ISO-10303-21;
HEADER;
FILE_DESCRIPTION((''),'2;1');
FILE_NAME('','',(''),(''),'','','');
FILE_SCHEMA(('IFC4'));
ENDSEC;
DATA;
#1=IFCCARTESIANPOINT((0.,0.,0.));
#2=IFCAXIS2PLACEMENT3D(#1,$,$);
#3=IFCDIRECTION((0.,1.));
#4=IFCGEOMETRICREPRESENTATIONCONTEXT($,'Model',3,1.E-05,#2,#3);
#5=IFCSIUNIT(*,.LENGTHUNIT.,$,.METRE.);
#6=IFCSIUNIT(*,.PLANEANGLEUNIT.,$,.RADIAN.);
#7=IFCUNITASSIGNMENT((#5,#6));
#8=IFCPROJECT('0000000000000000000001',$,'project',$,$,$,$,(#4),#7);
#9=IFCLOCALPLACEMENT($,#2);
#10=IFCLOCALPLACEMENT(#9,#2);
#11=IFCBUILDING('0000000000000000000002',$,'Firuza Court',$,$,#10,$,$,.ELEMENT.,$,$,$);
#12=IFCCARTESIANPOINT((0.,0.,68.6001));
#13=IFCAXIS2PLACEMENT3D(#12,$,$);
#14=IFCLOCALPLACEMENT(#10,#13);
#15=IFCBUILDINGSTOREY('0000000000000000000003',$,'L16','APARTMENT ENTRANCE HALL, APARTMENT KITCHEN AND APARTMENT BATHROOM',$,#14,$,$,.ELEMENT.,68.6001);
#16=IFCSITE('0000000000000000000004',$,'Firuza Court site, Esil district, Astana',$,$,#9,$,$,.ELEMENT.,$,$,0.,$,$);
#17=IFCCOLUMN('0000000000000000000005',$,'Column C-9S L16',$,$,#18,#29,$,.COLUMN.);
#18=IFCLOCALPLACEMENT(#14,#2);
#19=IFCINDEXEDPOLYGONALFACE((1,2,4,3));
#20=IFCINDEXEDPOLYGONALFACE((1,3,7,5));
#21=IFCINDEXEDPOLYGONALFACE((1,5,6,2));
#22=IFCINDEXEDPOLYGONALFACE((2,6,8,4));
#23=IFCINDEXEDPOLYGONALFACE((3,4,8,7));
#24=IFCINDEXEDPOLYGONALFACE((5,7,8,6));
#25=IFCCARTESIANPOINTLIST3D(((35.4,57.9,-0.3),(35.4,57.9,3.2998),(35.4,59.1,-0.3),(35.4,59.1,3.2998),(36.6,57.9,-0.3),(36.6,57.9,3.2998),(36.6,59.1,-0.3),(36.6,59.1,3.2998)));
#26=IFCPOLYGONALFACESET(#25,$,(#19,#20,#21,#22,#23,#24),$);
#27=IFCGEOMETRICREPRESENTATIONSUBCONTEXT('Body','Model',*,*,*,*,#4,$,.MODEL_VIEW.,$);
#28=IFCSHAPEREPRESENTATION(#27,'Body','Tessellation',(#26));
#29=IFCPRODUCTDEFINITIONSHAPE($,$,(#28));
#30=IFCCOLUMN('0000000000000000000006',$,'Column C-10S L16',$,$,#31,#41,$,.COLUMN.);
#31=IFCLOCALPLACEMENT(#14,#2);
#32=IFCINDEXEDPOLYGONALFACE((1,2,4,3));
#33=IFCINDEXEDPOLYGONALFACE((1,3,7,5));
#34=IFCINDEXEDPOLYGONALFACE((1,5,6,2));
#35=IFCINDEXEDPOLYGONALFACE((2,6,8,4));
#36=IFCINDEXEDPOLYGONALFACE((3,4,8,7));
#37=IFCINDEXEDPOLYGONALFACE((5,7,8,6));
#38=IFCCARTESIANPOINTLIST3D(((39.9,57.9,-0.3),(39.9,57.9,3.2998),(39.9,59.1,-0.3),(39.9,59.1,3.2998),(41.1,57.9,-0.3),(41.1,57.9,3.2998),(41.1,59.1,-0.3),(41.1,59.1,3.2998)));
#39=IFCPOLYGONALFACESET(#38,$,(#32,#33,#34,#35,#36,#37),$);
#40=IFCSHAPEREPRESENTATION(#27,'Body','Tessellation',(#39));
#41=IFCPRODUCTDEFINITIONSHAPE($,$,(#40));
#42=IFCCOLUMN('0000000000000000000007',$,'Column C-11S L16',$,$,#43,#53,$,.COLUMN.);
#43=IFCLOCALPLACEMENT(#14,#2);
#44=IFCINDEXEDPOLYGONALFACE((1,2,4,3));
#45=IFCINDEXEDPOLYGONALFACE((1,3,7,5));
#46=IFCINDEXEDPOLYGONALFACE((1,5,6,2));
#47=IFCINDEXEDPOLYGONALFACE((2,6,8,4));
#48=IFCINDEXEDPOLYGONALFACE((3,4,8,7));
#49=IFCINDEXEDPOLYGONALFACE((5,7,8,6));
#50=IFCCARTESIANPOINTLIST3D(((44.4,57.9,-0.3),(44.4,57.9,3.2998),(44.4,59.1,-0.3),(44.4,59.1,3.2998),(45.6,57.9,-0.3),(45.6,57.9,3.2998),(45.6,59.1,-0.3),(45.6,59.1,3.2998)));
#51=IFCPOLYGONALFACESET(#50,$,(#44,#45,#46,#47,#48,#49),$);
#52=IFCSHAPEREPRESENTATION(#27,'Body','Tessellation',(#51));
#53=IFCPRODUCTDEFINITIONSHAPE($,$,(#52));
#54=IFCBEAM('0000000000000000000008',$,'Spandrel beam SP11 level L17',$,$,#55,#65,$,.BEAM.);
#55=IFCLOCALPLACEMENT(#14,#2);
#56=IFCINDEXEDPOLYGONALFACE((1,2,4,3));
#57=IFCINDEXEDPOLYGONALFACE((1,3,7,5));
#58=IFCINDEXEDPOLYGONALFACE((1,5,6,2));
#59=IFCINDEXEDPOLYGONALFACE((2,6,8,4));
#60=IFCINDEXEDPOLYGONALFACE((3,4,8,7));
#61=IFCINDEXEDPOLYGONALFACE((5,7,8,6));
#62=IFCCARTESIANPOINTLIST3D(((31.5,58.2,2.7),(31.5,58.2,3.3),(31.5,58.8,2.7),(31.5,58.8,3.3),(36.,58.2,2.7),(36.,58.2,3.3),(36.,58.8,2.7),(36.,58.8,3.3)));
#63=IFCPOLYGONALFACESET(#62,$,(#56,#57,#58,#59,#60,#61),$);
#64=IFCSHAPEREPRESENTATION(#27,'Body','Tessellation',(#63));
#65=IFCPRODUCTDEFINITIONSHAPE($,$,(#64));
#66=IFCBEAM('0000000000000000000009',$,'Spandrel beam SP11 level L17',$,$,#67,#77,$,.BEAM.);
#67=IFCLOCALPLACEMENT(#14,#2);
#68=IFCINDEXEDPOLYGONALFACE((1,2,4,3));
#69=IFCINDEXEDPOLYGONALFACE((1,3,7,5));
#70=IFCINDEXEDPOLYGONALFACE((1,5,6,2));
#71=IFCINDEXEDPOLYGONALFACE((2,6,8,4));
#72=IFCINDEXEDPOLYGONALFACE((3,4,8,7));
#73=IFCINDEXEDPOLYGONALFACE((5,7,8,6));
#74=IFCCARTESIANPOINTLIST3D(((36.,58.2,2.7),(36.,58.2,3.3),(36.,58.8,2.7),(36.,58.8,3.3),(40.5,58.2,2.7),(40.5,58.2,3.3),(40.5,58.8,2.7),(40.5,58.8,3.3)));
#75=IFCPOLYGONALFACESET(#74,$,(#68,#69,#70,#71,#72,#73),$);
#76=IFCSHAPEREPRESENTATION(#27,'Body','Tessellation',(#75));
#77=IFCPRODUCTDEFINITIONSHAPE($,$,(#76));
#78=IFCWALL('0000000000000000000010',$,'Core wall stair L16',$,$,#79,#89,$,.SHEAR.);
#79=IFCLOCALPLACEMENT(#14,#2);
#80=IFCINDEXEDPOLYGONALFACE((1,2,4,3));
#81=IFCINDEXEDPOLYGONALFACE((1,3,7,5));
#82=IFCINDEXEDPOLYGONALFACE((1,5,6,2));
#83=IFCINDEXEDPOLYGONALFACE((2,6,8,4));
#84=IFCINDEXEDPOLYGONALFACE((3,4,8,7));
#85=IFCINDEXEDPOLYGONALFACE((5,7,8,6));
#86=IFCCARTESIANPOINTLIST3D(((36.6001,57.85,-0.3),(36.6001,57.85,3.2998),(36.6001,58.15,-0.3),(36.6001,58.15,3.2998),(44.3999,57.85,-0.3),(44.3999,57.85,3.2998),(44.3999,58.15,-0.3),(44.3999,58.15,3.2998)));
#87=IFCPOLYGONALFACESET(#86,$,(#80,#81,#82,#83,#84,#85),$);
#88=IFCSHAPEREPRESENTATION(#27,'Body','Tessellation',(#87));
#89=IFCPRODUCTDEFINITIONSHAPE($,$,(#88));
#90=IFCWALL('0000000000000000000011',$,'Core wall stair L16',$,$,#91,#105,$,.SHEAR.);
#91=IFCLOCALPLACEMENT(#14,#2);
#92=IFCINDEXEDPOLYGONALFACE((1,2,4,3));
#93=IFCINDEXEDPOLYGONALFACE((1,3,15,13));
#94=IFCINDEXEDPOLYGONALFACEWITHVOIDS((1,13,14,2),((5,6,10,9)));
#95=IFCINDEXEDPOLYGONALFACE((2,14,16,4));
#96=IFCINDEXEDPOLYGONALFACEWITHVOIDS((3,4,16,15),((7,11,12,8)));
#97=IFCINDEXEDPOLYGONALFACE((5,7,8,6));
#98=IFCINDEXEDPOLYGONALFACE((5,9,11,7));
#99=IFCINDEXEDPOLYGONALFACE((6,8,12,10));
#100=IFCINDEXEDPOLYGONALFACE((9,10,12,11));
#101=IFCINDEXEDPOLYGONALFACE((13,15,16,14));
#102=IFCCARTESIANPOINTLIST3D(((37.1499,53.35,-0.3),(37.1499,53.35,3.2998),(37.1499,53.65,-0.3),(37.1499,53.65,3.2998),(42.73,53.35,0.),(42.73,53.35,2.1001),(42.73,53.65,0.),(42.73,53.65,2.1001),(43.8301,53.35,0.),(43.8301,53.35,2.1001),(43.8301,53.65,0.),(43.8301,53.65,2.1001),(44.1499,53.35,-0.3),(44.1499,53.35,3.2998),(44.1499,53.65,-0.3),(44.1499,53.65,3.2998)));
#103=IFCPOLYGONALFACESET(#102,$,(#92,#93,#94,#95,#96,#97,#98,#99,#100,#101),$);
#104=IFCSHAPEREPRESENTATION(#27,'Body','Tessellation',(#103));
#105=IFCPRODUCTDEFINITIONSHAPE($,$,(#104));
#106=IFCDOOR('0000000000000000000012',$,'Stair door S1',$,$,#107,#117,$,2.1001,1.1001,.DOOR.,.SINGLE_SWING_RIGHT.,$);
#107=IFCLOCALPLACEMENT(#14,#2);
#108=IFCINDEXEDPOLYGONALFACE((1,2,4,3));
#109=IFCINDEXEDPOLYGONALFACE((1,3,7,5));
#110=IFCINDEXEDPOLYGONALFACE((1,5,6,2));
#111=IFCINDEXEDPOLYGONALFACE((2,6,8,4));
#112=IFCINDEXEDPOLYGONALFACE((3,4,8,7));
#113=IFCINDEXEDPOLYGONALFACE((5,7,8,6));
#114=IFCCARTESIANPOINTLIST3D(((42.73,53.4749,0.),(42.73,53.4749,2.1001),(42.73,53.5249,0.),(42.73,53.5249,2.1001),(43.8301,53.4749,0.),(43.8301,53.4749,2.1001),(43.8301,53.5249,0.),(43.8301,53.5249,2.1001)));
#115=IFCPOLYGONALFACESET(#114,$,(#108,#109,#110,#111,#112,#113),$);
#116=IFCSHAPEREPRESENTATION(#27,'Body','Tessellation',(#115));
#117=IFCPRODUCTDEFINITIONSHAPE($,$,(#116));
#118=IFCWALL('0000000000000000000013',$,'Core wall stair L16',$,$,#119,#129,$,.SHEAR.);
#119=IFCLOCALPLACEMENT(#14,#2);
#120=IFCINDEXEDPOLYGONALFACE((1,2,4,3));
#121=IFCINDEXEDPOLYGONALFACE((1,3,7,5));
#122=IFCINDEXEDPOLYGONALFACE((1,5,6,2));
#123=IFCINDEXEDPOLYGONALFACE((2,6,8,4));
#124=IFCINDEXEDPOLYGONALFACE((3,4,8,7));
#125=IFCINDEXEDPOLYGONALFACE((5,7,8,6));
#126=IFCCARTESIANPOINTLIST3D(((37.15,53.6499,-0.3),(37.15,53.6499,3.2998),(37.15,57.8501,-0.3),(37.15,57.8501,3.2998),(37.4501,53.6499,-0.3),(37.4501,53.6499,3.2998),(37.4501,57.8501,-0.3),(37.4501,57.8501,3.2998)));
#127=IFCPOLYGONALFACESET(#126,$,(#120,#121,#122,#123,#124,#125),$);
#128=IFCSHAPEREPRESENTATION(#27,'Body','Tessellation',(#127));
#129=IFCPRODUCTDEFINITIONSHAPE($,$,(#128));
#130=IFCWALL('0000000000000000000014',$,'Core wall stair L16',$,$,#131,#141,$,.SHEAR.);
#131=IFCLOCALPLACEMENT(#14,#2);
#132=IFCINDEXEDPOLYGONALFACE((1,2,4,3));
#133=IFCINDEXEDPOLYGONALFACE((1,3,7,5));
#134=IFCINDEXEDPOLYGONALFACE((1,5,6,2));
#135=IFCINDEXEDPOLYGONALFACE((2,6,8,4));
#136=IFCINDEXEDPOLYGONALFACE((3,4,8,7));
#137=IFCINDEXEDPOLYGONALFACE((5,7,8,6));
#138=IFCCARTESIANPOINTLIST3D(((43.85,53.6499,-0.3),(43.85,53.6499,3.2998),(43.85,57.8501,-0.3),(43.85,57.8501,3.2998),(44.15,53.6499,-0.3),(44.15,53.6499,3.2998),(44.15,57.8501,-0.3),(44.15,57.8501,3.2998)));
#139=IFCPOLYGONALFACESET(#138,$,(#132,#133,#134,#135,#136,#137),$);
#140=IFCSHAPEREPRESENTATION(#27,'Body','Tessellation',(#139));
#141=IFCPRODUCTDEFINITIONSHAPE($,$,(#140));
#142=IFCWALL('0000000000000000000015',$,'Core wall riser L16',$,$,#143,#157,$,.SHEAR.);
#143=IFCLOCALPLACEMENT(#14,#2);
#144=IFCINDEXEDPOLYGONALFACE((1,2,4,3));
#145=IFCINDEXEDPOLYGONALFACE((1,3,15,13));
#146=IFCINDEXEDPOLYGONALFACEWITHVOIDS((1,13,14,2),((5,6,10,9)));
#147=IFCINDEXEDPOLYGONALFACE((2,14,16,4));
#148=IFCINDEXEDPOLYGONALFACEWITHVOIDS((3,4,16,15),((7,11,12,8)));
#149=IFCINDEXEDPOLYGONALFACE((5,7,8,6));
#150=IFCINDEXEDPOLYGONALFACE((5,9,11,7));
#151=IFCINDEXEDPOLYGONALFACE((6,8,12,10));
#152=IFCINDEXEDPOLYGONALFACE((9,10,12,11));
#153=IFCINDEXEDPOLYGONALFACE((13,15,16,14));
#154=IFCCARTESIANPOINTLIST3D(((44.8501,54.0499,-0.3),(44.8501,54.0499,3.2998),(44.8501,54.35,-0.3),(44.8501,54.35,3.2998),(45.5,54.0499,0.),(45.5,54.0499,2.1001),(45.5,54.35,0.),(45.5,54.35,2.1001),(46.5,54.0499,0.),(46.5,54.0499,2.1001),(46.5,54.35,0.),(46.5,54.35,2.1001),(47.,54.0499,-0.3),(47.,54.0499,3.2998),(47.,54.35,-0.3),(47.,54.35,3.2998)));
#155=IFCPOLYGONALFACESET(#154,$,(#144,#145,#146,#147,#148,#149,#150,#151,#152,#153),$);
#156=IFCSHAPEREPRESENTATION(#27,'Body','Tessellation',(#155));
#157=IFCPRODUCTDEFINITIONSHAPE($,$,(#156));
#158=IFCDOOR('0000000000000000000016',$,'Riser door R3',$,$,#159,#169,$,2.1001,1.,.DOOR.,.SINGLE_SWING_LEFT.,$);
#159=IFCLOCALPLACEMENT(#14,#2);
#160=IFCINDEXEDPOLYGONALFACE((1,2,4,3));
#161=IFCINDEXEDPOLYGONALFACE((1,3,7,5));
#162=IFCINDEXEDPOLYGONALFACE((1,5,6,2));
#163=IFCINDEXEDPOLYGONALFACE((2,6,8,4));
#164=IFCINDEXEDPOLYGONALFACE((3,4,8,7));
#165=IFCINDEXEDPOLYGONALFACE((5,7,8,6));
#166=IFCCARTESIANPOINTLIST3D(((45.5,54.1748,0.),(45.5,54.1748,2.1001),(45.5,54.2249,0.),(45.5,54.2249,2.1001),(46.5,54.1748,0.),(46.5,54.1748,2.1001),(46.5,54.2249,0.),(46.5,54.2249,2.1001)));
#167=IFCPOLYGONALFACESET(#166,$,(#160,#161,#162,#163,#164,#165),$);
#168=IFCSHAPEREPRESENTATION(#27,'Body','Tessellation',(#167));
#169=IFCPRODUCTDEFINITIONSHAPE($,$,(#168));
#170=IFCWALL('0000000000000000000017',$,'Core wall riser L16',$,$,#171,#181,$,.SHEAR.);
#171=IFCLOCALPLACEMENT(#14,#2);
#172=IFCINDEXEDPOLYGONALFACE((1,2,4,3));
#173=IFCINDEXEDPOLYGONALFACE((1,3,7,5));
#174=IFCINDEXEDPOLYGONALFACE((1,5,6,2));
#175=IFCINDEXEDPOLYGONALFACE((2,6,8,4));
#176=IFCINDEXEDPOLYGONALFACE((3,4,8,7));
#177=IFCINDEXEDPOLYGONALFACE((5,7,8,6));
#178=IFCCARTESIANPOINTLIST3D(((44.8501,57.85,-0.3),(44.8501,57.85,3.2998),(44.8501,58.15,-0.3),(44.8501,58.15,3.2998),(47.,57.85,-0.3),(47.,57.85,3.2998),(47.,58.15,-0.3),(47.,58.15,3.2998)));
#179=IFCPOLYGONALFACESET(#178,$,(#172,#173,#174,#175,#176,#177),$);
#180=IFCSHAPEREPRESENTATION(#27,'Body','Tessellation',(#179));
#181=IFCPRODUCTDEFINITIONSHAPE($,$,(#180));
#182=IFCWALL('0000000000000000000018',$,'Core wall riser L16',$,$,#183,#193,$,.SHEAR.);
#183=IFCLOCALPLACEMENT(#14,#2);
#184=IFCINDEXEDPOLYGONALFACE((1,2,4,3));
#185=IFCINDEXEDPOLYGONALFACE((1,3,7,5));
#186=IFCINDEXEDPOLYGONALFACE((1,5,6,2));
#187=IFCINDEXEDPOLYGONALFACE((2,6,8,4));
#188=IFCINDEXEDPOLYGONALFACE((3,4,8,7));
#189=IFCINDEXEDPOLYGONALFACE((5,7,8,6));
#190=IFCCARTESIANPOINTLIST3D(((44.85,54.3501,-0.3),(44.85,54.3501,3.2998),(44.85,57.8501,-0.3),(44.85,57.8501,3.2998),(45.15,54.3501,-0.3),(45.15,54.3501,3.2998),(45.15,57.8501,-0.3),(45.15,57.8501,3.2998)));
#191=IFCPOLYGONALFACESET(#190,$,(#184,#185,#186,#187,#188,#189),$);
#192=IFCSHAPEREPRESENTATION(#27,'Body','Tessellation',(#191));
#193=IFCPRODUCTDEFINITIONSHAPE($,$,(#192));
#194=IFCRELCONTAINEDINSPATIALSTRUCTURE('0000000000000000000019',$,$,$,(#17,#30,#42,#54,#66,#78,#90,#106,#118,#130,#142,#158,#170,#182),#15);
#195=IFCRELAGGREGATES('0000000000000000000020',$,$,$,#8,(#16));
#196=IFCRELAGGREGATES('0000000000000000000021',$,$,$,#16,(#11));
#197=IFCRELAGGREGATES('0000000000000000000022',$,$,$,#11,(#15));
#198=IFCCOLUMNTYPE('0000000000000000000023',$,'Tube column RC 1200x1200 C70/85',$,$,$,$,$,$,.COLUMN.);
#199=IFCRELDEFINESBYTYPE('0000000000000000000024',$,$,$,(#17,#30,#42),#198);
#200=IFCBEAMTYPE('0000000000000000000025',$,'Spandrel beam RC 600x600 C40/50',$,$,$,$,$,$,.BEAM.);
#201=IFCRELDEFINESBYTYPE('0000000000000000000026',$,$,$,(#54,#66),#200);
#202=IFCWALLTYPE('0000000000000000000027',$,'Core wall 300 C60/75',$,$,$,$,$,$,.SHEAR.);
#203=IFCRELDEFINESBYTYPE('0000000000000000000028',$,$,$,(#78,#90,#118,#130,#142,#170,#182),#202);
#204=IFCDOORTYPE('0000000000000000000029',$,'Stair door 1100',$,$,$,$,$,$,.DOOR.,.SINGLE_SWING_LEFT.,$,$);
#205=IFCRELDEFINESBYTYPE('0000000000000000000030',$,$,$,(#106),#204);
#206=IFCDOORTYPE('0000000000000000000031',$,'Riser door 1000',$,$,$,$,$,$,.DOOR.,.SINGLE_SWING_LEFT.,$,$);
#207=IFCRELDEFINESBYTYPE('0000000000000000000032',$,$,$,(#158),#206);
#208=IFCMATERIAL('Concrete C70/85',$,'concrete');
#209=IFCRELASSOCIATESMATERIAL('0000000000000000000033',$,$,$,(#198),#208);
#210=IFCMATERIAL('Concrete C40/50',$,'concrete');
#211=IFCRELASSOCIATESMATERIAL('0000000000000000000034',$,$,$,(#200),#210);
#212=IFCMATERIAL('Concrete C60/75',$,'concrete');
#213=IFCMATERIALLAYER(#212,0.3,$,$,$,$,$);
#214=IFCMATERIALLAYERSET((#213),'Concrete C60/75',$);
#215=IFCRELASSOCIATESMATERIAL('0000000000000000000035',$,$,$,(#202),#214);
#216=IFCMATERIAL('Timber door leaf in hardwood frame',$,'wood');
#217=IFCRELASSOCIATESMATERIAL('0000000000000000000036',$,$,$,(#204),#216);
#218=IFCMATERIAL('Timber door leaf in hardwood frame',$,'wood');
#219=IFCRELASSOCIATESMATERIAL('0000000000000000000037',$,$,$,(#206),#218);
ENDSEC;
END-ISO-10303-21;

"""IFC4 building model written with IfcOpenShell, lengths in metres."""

from ifc_helpers import new_model, si_unit, direction, frame, frame_2d, origin, origin_2d, place, context, subcontext, project, spatial, rectangle, extrude, material, layer, layer_set, material_profile, profile_set, type_object, element, fill, save


model = new_model("IFC4")

# Units and contexts
model_context = context("Model", 3, precision=1e-05, world=origin(), true_north=direction((0.0, 1.0)))
body_context = subcontext(model_context, "Body", "Model", "MODEL_VIEW")
ifc_project = project(units=[si_unit("LENGTHUNIT", "METRE"), si_unit("PLANEANGLEUNIT", "RADIAN")], contexts=[model_context])

# Site, building, storey
site_placement = place(None, origin())
site = spatial("IfcSite", under=ifc_project, at=site_placement, Name="Firuza Court site, Esil district, Astana", CompositionType="ELEMENT", RefElevation=0.0)
building_placement = place(site_placement, origin())
building = spatial("IfcBuilding", under=site, at=building_placement, Name="Firuza Court", CompositionType="ELEMENT")
storey_placement = place(building_placement, frame((0.0, 0.0, 68.6001)))
storey = spatial("IfcBuildingStorey", under=building, at=storey_placement, Name="L16", Description="APARTMENT ENTRANCE HALL, APARTMENT KITCHEN AND APARTMENT BATHROOM", CompositionType="ELEMENT", Elevation=68.6001)

# Columns
ifc_material_1 = material(Name="Concrete C70/85", Category="concrete")
ifc_material_profile_1 = material_profile(ifc_material_1, rectangle(XDim=1.2, YDim=1.2, at=origin_2d()), Name="RC 1200x1200")
ifc_profile_set_1 = profile_set([ifc_material_profile_1], Name="Concrete C70/85")
column_type = type_object("IfcColumnType", Name="Tube column RC 1200x1200 C70/85", PredefinedType="COLUMN", material=ifc_profile_set_1)
for number, where, z_axis, x_axis, name in (
    (1, (36.0, 58.5, -0.3), (0.0, 0.0, 1.0), (1.0, 0.0, 0.0), "Column C-9S L16"),
    (2, (40.5, 58.5, -0.3), (0.0, 0.0, 1.0), (1.0, 0.0, 0.0), "Column C-10S L16"),
    (3, (45.0, 58.5, -0.3), (0.0, 0.0, 1.0), (1.0, 0.0, 0.0), "Column C-11S L16"),
):
    element("IfcColumn", number, at=place(storey_placement, frame(where, z_axis=z_axis, x_axis=x_axis)), inside=storey, type_object=column_type, Name=name, PredefinedType="COLUMN", context=body_context, shape_type="SweptSolid", body=[
        extrude(rectangle(XDim=1.2, YDim=1.2, at=origin_2d()), origin(), (0.0, 0.0, 1.0), 3.5999),
    ])

# Beams
ifc_material_2 = material(Name="Concrete C40/50", Category="concrete")
ifc_material_profile_2 = material_profile(ifc_material_2, rectangle(XDim=0.6001, YDim=0.6001, at=origin_2d()), Name="RC 600x600")
ifc_profile_set_2 = profile_set([ifc_material_profile_2], Name="Concrete C40/50")
beam_type = type_object("IfcBeamType", Name="Spandrel beam RC 600x600 C40/50", PredefinedType="BEAM", material=ifc_profile_set_2)
for number, where, z_axis, x_axis, name in (
    (4, (36.0, 58.5, 3.0), (-1.0, 0.0, 0.0), (0.0, -1.0, 0.0), "Spandrel beam SP11 level L17"),
    (5, (40.5, 58.5, 3.0), (-1.0, 0.0, 0.0), (0.0, -1.0, 0.0), "Spandrel beam SP11 level L17"),
):
    element("IfcBeam", number, at=place(storey_placement, frame(where, z_axis=z_axis, x_axis=x_axis)), inside=storey, type_object=beam_type, Name=name, PredefinedType="BEAM", context=body_context, shape_type="SweptSolid", body=[
        extrude(rectangle(XDim=0.6001, YDim=0.6001, at=origin_2d()), origin(), (0.0, 0.0, 1.0), 4.5),
    ])

# Wall
ifc_material_3 = material(Name="Concrete C60/75", Category="concrete")
ifc_layer_1 = layer(ifc_material_3, 0.3)
ifc_layer_set_1 = layer_set([ifc_layer_1], Name="Concrete C60/75")
wall_type_1 = type_object("IfcWallType", Name="Core wall 300 C60/75", PredefinedType="SHEAR", material=ifc_layer_set_1)
wall_1_placement = place(storey_placement, frame((36.6001, 58.0, -0.3), z_axis=(0.0, 0.0, 1.0), x_axis=(1.0, 0.0, 0.0)))
element("IfcWall", 6, at=wall_1_placement, inside=storey, type_object=wall_type_1, Name="Core wall stair L16", PredefinedType="SHEAR", context=body_context, shape_type="SweptSolid", body=[
    extrude(rectangle(XDim=7.7998, YDim=0.3, at=frame_2d((3.8999, 0.0))), origin(), (0.0, 0.0, 1.0), 3.5999),
])

# Wall, opening, door
wall_2_placement = place(storey_placement, frame((37.1499, 53.5, -0.3), z_axis=(0.0, 0.0, 1.0), x_axis=(1.0, 0.0, 0.0)))
wall_2 = element("IfcWall", 7, at=wall_2_placement, inside=storey, type_object=wall_type_1, Name="Core wall stair L16", PredefinedType="SHEAR", context=body_context, shape_type="SweptSolid", body=[
    extrude(rectangle(XDim=7.0, YDim=0.3, at=frame_2d((3.5, 0.0))), origin(), (0.0, 0.0, 1.0), 3.5999),
])
opening_1_placement = place(wall_2_placement, frame((5.5801, 0.0, 0.3)))
opening_1 = element("IfcOpeningElement", 8, at=opening_1_placement, cuts=wall_2, PredefinedType="OPENING", context=body_context, shape_type="SweptSolid", body=[
    extrude(rectangle(XDim=1.1001, YDim=2.1001, at=frame_2d((0.55, 1.05))), frame((0.0, 0.1621, 0.0), z_axis=(0.0, -1.0, 0.0), x_axis=(1.0, 0.0, 0.0)), (0.0, 0.0, 1.0), 0.324),
])
ifc_material_4 = material(Name="Timber door leaf in hardwood frame", Category="wood")
door_type_1 = type_object("IfcDoorType", Name="Stair door 1100", OperationType="SINGLE_SWING_LEFT", PredefinedType="DOOR", material=ifc_material_4)
door_1_placement = place(opening_1_placement, origin())
door_1 = element("IfcDoor", 9, at=door_1_placement, inside=storey, type_object=door_type_1, Name="Stair door S1", OperationType="SINGLE_SWING_RIGHT", OverallHeight=2.1001, OverallWidth=1.1001, PredefinedType="DOOR", context=body_context, shape_type="SweptSolid", body=[
    extrude(rectangle(XDim=1.1001, YDim=2.1001, at=frame_2d((0.55, 1.05))), frame((0.0, 0.0249, 0.0), z_axis=(0.0, -1.0, 0.0), x_axis=(1.0, 0.0, 0.0)), (0.0, 0.0, 1.0), 0.05),
])
fill(opening_1, door_1)

# Walls
for number, where, z_axis, x_axis, name in (
    (10, (37.3, 53.6499, -0.3), (0.0, 0.0, 1.0), (0.0, 1.0, 0.0), "Core wall stair L16"),
    (11, (44.0, 53.6499, -0.3), (0.0, 0.0, 1.0), (0.0, 1.0, 0.0), "Core wall stair L16"),
):
    element("IfcWall", number, at=place(storey_placement, frame(where, z_axis=z_axis, x_axis=x_axis)), inside=storey, type_object=wall_type_1, Name=name, PredefinedType="SHEAR", context=body_context, shape_type="SweptSolid", body=[
        extrude(rectangle(XDim=4.2002, YDim=0.3, at=frame_2d((2.1001, 0.0))), origin(), (0.0, 0.0, 1.0), 3.5999),
    ])

# Wall, opening, door
wall_3_placement = place(storey_placement, frame((44.8501, 54.2, -0.3), z_axis=(0.0, 0.0, 1.0), x_axis=(1.0, 0.0, 0.0)))
wall_3 = element("IfcWall", 12, at=wall_3_placement, inside=storey, type_object=wall_type_1, Name="Core wall riser L16", PredefinedType="SHEAR", context=body_context, shape_type="SweptSolid", body=[
    extrude(rectangle(XDim=2.1499, YDim=0.3, at=frame_2d((1.075, 0.0))), origin(), (0.0, 0.0, 1.0), 3.5999),
])
opening_2_placement = place(wall_3_placement, frame((0.6499, 0.0, 0.3)))
opening_2 = element("IfcOpeningElement", 13, at=opening_2_placement, cuts=wall_3, PredefinedType="OPENING", context=body_context, shape_type="SweptSolid", body=[
    extrude(rectangle(XDim=1.0, YDim=2.1001, at=frame_2d((0.5, 1.05))), frame((0.0, 0.1621, 0.0), z_axis=(0.0, -1.0, 0.0), x_axis=(1.0, 0.0, 0.0)), (0.0, 0.0, 1.0), 0.324),
])
ifc_material_5 = material(Name="Timber door leaf in hardwood frame", Category="wood")
door_type_2 = type_object("IfcDoorType", Name="Riser door 1000", OperationType="SINGLE_SWING_LEFT", PredefinedType="DOOR", material=ifc_material_5)
door_2_placement = place(opening_2_placement, origin())
door_2 = element("IfcDoor", 14, at=door_2_placement, inside=storey, type_object=door_type_2, Name="Riser door R3", OperationType="SINGLE_SWING_LEFT", OverallHeight=2.1001, OverallWidth=1.0, PredefinedType="DOOR", context=body_context, shape_type="SweptSolid", body=[
    extrude(rectangle(XDim=1.0, YDim=2.1001, at=frame_2d((0.5, 1.05))), frame((0.0, 0.0249, 0.0), z_axis=(0.0, -1.0, 0.0), x_axis=(1.0, 0.0, 0.0)), (0.0, 0.0, 1.0), 0.05),
])
fill(opening_2, door_2)

# Walls
wall_4_placement = place(storey_placement, frame((44.8501, 58.0, -0.3), z_axis=(0.0, 0.0, 1.0), x_axis=(1.0, 0.0, 0.0)))
element("IfcWall", 15, at=wall_4_placement, inside=storey, type_object=wall_type_1, Name="Core wall riser L16", PredefinedType="SHEAR", context=body_context, shape_type="SweptSolid", body=[
    extrude(rectangle(XDim=2.1499, YDim=0.3, at=frame_2d((1.075, 0.0))), origin(), (0.0, 0.0, 1.0), 3.5999),
])
wall_5_placement = place(storey_placement, frame((45.0, 54.3501, -0.3), z_axis=(0.0, 0.0, 1.0), x_axis=(0.0, 1.0, 0.0)))
element("IfcWall", 16, at=wall_5_placement, inside=storey, type_object=wall_type_1, Name="Core wall riser L16", PredefinedType="SHEAR", context=body_context, shape_type="SweptSolid", body=[
    extrude(rectangle(XDim=3.5, YDim=0.3, at=frame_2d((1.75, 0.0))), origin(), (0.0, 0.0, 1.0), 3.5999),
])

save(model, "model.ifc")
